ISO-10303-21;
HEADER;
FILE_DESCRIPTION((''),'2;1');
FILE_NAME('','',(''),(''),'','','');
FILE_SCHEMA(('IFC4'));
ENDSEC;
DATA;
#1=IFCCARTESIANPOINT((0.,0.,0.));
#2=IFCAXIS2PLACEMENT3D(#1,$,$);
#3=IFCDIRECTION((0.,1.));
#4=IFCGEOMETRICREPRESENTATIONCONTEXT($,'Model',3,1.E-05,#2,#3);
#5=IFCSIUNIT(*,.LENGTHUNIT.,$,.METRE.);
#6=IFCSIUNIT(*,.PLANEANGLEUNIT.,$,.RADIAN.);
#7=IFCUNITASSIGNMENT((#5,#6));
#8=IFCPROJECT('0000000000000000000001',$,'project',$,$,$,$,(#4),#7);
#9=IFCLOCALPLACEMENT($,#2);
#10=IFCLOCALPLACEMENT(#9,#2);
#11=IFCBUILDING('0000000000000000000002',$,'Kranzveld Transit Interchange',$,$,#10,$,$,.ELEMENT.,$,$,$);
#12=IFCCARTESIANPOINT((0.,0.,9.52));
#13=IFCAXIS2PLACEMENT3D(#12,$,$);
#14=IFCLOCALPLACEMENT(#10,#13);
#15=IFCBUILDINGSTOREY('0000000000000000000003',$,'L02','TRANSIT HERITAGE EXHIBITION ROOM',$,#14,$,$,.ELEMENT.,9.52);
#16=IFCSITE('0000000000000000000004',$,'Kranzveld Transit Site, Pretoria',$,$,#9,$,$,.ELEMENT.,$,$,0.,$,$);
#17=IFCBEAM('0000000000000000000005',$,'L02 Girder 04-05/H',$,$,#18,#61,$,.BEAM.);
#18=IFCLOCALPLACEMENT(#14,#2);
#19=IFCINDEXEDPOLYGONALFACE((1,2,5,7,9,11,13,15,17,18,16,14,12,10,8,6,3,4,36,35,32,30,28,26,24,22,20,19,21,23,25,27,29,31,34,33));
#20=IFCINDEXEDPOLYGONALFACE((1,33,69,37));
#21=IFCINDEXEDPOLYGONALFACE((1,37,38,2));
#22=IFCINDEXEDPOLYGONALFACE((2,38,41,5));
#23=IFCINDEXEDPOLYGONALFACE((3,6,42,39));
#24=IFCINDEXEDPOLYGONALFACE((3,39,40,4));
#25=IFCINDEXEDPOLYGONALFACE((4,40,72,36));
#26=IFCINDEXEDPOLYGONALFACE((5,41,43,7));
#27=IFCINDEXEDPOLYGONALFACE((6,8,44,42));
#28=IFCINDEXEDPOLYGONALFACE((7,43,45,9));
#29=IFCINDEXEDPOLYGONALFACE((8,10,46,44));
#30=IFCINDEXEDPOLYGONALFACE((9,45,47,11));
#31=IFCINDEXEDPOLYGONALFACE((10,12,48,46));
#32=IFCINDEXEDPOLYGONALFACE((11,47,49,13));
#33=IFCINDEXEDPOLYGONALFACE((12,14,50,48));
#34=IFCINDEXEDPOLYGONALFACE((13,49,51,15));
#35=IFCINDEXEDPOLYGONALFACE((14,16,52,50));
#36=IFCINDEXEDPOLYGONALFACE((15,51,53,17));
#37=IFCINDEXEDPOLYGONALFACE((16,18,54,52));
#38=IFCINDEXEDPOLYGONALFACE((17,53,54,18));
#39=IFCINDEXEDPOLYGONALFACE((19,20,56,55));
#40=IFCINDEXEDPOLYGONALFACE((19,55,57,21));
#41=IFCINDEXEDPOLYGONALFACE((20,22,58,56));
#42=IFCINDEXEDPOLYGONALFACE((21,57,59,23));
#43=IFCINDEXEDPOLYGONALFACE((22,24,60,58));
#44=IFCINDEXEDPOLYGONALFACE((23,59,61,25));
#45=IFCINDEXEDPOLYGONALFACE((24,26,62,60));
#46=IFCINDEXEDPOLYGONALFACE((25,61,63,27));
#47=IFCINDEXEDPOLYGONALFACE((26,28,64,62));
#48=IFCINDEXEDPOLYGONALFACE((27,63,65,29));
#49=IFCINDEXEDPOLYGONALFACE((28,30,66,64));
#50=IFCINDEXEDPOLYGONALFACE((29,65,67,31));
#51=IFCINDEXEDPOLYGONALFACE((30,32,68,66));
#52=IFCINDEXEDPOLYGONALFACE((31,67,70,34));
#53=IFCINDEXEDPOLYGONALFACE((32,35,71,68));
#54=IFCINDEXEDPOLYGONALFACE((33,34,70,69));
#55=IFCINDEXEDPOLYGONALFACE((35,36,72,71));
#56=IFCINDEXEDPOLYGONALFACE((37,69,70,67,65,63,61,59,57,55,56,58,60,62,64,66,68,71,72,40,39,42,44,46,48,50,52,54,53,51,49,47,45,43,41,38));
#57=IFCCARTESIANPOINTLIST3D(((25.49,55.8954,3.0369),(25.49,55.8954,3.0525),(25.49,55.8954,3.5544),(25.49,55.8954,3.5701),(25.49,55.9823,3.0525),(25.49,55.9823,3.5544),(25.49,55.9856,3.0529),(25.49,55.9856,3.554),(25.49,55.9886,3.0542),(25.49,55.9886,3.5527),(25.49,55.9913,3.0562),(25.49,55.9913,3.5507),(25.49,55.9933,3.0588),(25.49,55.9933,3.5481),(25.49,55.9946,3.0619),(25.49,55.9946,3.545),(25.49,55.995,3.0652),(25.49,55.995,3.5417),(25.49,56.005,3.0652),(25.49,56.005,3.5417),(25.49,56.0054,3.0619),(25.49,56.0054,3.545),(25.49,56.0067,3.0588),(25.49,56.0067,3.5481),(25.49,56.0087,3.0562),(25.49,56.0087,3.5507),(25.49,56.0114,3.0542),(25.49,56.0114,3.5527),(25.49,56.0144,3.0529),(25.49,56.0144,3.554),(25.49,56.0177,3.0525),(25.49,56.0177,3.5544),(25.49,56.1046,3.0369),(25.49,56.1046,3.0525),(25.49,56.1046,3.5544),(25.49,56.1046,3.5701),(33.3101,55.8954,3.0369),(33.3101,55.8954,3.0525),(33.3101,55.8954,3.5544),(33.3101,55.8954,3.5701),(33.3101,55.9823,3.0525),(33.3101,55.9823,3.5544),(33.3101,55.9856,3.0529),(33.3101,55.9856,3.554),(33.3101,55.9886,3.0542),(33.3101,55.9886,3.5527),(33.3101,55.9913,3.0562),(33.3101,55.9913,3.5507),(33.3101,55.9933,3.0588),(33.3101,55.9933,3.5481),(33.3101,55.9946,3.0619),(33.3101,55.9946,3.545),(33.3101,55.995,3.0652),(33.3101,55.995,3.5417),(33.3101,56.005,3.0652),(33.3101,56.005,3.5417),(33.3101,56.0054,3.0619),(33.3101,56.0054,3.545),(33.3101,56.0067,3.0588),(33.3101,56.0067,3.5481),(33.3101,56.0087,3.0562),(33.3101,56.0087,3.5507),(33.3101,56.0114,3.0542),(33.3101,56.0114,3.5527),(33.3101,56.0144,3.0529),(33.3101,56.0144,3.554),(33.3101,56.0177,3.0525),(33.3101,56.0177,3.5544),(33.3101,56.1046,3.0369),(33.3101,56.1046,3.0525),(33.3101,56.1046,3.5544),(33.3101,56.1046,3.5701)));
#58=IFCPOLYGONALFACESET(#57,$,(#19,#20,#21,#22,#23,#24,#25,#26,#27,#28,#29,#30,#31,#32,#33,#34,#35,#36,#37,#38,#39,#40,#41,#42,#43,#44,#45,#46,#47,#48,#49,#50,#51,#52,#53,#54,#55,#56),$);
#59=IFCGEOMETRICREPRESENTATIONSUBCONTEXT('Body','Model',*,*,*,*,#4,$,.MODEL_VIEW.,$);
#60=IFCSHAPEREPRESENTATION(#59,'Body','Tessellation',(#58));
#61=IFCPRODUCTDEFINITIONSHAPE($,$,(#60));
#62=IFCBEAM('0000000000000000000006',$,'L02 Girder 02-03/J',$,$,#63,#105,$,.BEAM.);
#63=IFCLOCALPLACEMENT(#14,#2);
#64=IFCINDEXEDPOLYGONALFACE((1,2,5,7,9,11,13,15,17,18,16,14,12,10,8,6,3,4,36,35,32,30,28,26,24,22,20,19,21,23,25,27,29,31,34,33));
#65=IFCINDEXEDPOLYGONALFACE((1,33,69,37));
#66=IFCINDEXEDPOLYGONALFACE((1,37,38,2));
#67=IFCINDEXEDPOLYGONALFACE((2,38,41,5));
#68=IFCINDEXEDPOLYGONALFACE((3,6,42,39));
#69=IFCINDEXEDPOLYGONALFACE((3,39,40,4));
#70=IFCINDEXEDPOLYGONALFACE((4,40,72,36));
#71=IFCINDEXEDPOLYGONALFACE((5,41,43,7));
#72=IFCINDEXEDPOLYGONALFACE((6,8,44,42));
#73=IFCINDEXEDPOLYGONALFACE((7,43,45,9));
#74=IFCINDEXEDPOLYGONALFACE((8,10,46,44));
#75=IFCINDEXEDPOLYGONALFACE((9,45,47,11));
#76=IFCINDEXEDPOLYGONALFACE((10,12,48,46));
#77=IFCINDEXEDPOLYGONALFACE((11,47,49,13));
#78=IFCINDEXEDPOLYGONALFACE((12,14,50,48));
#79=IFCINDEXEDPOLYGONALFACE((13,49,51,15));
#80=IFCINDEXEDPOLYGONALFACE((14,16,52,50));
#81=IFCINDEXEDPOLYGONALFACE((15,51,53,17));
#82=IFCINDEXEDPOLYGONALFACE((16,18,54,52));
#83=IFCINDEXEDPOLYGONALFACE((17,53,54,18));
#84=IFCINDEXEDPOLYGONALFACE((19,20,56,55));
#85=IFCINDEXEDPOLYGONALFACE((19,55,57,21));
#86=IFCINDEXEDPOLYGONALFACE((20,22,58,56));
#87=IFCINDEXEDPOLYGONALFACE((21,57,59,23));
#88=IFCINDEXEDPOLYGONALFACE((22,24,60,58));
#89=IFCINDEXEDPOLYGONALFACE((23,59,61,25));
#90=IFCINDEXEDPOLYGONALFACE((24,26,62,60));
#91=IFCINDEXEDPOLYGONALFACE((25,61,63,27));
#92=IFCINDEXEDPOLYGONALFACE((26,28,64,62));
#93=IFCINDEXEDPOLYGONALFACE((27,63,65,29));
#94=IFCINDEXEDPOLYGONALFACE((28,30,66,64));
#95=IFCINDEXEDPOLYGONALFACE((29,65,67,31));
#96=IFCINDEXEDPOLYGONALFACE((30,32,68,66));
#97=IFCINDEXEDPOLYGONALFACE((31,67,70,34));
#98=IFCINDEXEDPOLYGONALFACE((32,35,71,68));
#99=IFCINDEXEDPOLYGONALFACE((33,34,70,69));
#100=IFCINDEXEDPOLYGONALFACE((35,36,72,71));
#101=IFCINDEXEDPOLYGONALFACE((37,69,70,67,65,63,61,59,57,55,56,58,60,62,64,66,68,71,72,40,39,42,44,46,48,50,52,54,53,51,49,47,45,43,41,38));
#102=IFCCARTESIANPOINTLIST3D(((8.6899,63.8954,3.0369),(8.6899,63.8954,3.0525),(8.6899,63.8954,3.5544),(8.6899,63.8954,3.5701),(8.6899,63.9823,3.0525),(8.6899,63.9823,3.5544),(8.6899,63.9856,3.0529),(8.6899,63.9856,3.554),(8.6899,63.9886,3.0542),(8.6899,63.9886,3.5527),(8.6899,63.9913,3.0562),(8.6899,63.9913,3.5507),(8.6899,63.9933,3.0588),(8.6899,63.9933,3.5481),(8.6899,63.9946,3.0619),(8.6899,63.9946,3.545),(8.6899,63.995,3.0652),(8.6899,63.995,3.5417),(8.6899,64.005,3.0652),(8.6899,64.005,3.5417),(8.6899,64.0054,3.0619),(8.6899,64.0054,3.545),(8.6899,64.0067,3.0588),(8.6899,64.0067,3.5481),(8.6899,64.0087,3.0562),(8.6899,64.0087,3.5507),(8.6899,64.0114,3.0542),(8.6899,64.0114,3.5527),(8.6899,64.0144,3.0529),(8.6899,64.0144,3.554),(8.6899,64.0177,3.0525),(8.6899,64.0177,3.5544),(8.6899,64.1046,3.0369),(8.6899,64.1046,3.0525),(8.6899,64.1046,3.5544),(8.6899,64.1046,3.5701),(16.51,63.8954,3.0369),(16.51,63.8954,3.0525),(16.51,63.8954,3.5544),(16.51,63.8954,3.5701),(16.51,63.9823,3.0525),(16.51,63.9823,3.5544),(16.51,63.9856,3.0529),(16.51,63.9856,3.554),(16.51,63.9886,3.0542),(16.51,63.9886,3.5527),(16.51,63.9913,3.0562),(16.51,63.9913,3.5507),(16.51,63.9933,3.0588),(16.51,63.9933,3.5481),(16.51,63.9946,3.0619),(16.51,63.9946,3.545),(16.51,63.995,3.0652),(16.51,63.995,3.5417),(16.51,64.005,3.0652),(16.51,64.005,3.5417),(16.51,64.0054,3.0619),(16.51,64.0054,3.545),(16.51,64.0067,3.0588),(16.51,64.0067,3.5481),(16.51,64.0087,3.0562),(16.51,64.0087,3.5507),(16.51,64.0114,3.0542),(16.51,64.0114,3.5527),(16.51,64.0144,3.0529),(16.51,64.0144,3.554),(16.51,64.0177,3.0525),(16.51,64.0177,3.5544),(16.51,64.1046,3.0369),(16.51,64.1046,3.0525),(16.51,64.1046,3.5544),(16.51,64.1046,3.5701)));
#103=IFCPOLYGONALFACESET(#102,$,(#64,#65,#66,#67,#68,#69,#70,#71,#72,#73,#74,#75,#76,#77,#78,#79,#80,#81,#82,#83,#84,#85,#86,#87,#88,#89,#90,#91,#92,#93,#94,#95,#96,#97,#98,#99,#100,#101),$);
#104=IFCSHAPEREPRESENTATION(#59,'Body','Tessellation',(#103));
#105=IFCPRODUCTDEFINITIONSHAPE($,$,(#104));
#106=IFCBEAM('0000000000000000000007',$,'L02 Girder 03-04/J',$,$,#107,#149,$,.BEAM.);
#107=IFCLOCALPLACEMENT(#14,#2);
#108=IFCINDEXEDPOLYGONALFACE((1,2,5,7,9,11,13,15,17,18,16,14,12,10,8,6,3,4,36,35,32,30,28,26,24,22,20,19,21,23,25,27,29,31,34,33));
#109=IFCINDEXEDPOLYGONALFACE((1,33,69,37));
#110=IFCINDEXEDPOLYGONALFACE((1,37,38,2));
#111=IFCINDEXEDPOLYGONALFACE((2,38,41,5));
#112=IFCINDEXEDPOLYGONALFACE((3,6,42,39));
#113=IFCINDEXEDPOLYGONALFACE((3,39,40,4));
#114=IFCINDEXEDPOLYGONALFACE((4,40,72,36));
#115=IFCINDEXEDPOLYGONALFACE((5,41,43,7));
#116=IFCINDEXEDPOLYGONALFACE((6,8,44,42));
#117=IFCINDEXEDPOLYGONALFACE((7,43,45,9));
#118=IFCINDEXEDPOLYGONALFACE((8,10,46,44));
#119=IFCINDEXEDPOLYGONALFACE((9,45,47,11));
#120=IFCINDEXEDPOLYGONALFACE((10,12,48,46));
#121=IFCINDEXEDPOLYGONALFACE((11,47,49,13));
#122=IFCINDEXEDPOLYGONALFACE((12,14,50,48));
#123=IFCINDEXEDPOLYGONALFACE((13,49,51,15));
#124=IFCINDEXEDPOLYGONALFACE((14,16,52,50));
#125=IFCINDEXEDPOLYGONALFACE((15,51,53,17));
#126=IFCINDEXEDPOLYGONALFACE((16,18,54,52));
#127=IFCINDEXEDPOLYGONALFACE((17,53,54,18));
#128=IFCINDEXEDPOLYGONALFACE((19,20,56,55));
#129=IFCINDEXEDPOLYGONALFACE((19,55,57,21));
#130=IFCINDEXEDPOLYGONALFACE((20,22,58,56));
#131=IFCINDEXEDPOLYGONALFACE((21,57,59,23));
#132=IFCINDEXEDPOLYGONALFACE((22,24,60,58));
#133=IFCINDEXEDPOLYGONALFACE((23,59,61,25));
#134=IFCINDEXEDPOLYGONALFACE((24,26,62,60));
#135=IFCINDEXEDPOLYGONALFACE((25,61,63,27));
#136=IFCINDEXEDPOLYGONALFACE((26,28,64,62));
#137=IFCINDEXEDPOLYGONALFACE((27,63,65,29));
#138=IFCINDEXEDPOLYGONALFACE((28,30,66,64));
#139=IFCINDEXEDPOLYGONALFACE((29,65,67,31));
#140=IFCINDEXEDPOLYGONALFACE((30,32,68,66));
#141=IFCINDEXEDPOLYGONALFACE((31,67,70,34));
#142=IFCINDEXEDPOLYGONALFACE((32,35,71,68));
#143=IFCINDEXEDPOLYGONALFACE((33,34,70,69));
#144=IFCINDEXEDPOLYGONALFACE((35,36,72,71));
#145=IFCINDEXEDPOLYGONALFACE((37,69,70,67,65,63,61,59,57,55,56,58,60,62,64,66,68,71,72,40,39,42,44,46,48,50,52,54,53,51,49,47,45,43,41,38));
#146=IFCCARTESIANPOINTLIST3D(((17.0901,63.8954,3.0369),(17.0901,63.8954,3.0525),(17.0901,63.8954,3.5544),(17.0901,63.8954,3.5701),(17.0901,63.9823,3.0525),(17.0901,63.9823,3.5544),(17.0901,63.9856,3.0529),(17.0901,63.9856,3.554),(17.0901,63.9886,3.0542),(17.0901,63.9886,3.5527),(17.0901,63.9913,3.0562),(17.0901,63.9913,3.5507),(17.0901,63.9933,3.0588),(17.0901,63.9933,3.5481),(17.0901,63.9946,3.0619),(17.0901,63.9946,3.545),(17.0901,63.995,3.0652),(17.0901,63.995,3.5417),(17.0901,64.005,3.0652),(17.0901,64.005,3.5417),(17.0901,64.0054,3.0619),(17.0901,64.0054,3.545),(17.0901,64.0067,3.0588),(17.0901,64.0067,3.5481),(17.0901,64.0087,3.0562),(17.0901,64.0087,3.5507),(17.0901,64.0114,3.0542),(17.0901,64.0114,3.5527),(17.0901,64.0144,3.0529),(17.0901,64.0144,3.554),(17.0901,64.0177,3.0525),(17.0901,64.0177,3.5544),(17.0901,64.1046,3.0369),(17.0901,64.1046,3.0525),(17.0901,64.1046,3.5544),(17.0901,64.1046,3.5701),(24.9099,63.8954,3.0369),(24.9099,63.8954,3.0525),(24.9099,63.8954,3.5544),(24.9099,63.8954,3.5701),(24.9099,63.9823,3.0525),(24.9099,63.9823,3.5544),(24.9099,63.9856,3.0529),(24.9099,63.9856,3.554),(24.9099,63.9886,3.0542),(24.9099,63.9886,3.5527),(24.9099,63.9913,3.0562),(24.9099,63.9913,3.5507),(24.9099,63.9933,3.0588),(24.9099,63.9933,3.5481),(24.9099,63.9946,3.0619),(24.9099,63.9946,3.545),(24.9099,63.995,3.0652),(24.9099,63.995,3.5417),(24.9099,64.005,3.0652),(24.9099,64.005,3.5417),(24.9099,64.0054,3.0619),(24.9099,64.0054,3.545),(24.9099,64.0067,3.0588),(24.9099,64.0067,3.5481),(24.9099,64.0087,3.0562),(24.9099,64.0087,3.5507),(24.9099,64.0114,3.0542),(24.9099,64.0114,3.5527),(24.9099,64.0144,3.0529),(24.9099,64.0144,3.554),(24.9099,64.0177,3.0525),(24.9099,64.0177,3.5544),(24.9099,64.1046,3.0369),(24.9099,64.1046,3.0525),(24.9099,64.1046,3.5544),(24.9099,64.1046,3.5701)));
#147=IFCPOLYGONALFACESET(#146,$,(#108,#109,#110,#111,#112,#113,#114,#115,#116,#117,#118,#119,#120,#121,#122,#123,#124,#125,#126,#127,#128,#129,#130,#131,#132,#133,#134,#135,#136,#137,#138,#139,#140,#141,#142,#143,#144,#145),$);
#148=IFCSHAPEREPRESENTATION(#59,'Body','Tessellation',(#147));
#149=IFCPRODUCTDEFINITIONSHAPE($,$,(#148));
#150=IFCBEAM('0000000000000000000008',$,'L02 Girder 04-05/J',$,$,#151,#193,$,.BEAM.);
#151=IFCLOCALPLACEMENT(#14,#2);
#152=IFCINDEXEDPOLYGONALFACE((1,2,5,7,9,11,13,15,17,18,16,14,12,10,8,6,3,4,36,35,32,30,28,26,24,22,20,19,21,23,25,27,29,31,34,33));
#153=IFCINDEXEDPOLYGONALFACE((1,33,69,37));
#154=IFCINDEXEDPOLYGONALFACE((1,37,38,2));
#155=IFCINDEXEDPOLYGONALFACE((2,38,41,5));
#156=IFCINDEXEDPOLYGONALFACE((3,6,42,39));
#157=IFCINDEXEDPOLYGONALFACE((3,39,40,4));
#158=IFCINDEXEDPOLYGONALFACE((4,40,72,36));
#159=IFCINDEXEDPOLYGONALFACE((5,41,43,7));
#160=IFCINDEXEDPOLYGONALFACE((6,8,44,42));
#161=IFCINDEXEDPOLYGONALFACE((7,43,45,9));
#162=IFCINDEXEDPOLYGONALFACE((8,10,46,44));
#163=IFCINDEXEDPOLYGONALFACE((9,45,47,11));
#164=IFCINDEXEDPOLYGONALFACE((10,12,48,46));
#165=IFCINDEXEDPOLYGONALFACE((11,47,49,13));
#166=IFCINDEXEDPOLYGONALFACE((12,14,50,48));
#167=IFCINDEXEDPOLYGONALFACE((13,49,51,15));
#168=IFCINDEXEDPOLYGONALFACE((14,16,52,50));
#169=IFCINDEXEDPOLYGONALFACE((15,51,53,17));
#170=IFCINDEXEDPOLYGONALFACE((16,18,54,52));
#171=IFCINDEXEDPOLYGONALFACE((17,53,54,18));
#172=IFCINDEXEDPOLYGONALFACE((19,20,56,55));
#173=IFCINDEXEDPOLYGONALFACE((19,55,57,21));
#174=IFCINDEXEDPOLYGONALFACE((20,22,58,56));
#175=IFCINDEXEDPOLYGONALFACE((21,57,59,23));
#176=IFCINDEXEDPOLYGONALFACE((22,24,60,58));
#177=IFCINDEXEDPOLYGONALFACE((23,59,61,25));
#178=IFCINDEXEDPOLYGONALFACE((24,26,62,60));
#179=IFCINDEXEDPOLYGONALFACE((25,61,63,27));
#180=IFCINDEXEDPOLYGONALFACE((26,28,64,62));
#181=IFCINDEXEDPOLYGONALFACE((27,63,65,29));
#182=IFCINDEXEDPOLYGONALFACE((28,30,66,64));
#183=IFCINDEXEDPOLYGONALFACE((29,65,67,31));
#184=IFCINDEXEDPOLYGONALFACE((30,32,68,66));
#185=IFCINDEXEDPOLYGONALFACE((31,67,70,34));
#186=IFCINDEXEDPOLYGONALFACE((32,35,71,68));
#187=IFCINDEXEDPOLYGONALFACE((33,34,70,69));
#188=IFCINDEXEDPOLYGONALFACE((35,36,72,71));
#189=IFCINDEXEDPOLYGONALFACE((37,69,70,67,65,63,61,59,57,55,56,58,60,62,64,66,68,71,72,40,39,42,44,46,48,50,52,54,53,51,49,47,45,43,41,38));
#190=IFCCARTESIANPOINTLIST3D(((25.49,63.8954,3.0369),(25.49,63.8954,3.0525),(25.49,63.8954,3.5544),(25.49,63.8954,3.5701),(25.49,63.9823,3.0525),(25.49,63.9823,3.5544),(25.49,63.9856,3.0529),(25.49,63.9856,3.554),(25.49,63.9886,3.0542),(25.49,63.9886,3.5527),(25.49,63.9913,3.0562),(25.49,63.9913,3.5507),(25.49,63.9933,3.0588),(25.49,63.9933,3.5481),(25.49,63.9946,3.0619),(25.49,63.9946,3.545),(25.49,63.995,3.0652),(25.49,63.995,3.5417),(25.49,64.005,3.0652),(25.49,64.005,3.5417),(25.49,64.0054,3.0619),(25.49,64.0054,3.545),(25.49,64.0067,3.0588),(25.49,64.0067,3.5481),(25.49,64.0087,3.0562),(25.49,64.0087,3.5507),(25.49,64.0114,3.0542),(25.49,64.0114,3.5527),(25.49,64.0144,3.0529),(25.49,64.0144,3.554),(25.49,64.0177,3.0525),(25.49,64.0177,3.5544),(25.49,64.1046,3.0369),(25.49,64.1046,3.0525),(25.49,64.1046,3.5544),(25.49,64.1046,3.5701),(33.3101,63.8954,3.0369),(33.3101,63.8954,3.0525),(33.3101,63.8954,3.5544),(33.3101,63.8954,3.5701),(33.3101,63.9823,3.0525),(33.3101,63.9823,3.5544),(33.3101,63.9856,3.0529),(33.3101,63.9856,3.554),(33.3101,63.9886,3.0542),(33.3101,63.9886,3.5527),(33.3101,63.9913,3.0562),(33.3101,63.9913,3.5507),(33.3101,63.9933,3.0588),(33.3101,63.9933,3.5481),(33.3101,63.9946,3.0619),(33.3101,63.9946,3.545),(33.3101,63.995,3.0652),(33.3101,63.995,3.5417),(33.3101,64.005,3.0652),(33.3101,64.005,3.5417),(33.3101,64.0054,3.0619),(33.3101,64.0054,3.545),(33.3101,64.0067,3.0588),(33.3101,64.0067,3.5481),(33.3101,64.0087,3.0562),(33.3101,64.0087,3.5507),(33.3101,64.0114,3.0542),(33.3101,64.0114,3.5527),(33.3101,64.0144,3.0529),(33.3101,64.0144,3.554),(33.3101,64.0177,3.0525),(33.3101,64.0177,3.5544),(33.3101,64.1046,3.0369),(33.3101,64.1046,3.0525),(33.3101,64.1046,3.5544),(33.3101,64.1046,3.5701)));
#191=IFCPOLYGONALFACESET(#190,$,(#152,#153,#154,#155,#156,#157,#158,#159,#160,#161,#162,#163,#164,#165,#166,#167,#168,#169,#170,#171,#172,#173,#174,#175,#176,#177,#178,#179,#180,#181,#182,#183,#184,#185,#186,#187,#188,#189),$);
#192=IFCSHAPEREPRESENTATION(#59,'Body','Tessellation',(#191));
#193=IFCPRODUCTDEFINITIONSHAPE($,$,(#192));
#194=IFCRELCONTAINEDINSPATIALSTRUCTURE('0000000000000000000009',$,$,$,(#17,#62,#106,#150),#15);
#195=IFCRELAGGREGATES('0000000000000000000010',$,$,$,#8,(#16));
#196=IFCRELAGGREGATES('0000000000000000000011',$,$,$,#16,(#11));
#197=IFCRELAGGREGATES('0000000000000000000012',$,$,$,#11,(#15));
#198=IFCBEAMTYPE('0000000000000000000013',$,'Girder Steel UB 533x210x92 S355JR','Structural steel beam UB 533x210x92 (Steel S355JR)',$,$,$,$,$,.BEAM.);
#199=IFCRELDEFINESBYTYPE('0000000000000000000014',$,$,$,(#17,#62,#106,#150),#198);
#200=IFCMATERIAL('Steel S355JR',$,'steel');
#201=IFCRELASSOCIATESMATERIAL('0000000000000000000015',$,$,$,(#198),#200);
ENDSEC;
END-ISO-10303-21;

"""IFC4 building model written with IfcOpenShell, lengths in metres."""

from ifc_helpers import new_model, si_unit, direction, frame, origin, origin_2d, place, context, subcontext, project, spatial, i_section, extrude, material, material_profile, profile_set, type_object, element, save


model = new_model("IFC4")

# Units and contexts
model_context = context("Model", 3, precision=1e-05, world=origin(), true_north=direction((0.0, 1.0)))
body_context = subcontext(model_context, "Body", "Model", "MODEL_VIEW")
ifc_project = project(units=[si_unit("LENGTHUNIT", "METRE"), si_unit("PLANEANGLEUNIT", "RADIAN")], contexts=[model_context])

# Site, building, storey
site_placement = place(None, origin())
site = spatial("IfcSite", under=ifc_project, at=site_placement, Name="Kranzveld Transit Site, Pretoria", CompositionType="ELEMENT", RefElevation=0.0)
building_placement = place(site_placement, origin())
building = spatial("IfcBuilding", under=site, at=building_placement, Name="Kranzveld Transit Interchange", CompositionType="ELEMENT")
storey_placement = place(building_placement, frame((0.0, 0.0, 9.52)))
storey = spatial("IfcBuildingStorey", under=building, at=storey_placement, Name="L02", Description="TRANSIT HERITAGE EXHIBITION ROOM", CompositionType="ELEMENT", Elevation=9.52)

# Beams
ifc_material_1 = material(Name="Steel S355JR", Category="steel")
ifc_material_profile_1 = material_profile(ifc_material_1, i_section(OverallWidth=0.2092, OverallDepth=0.5332, WebThickness=0.01, FlangeThickness=0.0156, FilletRadius=0.0127, at=origin_2d()), Name="UB 533x210x92")
ifc_profile_set_1 = profile_set([ifc_material_profile_1], Name="Steel S355JR")
beam_type_1 = type_object("IfcBeamType", Name="Girder Steel UB 533x210x92 S355JR", Description="Structural steel beam UB 533x210x92 (Steel S355JR)", PredefinedType="BEAM", material=ifc_profile_set_1)
for number, where, z_axis, x_axis, name in (
    (1, (25.49, 56.0, 3.3035), (1.0, 0.0, 0.0), (0.0, 1.0, 0.0), "L02 Girder 04-05/H"),
    (2, (8.6899, 64.0, 3.3035), (1.0, 0.0, 0.0), (0.0, 1.0, 0.0), "L02 Girder 02-03/J"),
):
    element("IfcBeam", number, at=place(storey_placement, frame(where, z_axis=z_axis, x_axis=x_axis)), inside=storey, type_object=beam_type_1, Name=name, PredefinedType="BEAM", context=body_context, shape_type="SweptSolid", body=[
        extrude(i_section(OverallWidth=0.2092, OverallDepth=0.5332, WebThickness=0.01, FlangeThickness=0.0156, FilletRadius=0.0127, at=origin_2d()), origin(), (0.0, 0.0, 1.0), 7.8201),
    ])
beam_1_placement = place(storey_placement, frame((17.0901, 64.0, 3.3035), z_axis=(1.0, 0.0, 0.0), x_axis=(0.0, 1.0, 0.0)))
element("IfcBeam", 3, at=beam_1_placement, inside=storey, type_object=beam_type_1, Name="L02 Girder 03-04/J", PredefinedType="BEAM", context=body_context, shape_type="SweptSolid", body=[
    extrude(i_section(OverallWidth=0.2092, OverallDepth=0.5332, WebThickness=0.01, FlangeThickness=0.0156, FilletRadius=0.0127, at=origin_2d()), origin(), (0.0, 0.0, 1.0), 7.8198),
])
beam_2_placement = place(storey_placement, frame((25.49, 64.0, 3.3035), z_axis=(1.0, 0.0, 0.0), x_axis=(0.0, 1.0, 0.0)))
element("IfcBeam", 4, at=beam_2_placement, inside=storey, type_object=beam_type_1, Name="L02 Girder 04-05/J", PredefinedType="BEAM", context=body_context, shape_type="SweptSolid", body=[
    extrude(i_section(OverallWidth=0.2092, OverallDepth=0.5332, WebThickness=0.01, FlangeThickness=0.0156, FilletRadius=0.0127, at=origin_2d()), origin(), (0.0, 0.0, 1.0), 7.8201),
])

save(model, "model.ifc")
